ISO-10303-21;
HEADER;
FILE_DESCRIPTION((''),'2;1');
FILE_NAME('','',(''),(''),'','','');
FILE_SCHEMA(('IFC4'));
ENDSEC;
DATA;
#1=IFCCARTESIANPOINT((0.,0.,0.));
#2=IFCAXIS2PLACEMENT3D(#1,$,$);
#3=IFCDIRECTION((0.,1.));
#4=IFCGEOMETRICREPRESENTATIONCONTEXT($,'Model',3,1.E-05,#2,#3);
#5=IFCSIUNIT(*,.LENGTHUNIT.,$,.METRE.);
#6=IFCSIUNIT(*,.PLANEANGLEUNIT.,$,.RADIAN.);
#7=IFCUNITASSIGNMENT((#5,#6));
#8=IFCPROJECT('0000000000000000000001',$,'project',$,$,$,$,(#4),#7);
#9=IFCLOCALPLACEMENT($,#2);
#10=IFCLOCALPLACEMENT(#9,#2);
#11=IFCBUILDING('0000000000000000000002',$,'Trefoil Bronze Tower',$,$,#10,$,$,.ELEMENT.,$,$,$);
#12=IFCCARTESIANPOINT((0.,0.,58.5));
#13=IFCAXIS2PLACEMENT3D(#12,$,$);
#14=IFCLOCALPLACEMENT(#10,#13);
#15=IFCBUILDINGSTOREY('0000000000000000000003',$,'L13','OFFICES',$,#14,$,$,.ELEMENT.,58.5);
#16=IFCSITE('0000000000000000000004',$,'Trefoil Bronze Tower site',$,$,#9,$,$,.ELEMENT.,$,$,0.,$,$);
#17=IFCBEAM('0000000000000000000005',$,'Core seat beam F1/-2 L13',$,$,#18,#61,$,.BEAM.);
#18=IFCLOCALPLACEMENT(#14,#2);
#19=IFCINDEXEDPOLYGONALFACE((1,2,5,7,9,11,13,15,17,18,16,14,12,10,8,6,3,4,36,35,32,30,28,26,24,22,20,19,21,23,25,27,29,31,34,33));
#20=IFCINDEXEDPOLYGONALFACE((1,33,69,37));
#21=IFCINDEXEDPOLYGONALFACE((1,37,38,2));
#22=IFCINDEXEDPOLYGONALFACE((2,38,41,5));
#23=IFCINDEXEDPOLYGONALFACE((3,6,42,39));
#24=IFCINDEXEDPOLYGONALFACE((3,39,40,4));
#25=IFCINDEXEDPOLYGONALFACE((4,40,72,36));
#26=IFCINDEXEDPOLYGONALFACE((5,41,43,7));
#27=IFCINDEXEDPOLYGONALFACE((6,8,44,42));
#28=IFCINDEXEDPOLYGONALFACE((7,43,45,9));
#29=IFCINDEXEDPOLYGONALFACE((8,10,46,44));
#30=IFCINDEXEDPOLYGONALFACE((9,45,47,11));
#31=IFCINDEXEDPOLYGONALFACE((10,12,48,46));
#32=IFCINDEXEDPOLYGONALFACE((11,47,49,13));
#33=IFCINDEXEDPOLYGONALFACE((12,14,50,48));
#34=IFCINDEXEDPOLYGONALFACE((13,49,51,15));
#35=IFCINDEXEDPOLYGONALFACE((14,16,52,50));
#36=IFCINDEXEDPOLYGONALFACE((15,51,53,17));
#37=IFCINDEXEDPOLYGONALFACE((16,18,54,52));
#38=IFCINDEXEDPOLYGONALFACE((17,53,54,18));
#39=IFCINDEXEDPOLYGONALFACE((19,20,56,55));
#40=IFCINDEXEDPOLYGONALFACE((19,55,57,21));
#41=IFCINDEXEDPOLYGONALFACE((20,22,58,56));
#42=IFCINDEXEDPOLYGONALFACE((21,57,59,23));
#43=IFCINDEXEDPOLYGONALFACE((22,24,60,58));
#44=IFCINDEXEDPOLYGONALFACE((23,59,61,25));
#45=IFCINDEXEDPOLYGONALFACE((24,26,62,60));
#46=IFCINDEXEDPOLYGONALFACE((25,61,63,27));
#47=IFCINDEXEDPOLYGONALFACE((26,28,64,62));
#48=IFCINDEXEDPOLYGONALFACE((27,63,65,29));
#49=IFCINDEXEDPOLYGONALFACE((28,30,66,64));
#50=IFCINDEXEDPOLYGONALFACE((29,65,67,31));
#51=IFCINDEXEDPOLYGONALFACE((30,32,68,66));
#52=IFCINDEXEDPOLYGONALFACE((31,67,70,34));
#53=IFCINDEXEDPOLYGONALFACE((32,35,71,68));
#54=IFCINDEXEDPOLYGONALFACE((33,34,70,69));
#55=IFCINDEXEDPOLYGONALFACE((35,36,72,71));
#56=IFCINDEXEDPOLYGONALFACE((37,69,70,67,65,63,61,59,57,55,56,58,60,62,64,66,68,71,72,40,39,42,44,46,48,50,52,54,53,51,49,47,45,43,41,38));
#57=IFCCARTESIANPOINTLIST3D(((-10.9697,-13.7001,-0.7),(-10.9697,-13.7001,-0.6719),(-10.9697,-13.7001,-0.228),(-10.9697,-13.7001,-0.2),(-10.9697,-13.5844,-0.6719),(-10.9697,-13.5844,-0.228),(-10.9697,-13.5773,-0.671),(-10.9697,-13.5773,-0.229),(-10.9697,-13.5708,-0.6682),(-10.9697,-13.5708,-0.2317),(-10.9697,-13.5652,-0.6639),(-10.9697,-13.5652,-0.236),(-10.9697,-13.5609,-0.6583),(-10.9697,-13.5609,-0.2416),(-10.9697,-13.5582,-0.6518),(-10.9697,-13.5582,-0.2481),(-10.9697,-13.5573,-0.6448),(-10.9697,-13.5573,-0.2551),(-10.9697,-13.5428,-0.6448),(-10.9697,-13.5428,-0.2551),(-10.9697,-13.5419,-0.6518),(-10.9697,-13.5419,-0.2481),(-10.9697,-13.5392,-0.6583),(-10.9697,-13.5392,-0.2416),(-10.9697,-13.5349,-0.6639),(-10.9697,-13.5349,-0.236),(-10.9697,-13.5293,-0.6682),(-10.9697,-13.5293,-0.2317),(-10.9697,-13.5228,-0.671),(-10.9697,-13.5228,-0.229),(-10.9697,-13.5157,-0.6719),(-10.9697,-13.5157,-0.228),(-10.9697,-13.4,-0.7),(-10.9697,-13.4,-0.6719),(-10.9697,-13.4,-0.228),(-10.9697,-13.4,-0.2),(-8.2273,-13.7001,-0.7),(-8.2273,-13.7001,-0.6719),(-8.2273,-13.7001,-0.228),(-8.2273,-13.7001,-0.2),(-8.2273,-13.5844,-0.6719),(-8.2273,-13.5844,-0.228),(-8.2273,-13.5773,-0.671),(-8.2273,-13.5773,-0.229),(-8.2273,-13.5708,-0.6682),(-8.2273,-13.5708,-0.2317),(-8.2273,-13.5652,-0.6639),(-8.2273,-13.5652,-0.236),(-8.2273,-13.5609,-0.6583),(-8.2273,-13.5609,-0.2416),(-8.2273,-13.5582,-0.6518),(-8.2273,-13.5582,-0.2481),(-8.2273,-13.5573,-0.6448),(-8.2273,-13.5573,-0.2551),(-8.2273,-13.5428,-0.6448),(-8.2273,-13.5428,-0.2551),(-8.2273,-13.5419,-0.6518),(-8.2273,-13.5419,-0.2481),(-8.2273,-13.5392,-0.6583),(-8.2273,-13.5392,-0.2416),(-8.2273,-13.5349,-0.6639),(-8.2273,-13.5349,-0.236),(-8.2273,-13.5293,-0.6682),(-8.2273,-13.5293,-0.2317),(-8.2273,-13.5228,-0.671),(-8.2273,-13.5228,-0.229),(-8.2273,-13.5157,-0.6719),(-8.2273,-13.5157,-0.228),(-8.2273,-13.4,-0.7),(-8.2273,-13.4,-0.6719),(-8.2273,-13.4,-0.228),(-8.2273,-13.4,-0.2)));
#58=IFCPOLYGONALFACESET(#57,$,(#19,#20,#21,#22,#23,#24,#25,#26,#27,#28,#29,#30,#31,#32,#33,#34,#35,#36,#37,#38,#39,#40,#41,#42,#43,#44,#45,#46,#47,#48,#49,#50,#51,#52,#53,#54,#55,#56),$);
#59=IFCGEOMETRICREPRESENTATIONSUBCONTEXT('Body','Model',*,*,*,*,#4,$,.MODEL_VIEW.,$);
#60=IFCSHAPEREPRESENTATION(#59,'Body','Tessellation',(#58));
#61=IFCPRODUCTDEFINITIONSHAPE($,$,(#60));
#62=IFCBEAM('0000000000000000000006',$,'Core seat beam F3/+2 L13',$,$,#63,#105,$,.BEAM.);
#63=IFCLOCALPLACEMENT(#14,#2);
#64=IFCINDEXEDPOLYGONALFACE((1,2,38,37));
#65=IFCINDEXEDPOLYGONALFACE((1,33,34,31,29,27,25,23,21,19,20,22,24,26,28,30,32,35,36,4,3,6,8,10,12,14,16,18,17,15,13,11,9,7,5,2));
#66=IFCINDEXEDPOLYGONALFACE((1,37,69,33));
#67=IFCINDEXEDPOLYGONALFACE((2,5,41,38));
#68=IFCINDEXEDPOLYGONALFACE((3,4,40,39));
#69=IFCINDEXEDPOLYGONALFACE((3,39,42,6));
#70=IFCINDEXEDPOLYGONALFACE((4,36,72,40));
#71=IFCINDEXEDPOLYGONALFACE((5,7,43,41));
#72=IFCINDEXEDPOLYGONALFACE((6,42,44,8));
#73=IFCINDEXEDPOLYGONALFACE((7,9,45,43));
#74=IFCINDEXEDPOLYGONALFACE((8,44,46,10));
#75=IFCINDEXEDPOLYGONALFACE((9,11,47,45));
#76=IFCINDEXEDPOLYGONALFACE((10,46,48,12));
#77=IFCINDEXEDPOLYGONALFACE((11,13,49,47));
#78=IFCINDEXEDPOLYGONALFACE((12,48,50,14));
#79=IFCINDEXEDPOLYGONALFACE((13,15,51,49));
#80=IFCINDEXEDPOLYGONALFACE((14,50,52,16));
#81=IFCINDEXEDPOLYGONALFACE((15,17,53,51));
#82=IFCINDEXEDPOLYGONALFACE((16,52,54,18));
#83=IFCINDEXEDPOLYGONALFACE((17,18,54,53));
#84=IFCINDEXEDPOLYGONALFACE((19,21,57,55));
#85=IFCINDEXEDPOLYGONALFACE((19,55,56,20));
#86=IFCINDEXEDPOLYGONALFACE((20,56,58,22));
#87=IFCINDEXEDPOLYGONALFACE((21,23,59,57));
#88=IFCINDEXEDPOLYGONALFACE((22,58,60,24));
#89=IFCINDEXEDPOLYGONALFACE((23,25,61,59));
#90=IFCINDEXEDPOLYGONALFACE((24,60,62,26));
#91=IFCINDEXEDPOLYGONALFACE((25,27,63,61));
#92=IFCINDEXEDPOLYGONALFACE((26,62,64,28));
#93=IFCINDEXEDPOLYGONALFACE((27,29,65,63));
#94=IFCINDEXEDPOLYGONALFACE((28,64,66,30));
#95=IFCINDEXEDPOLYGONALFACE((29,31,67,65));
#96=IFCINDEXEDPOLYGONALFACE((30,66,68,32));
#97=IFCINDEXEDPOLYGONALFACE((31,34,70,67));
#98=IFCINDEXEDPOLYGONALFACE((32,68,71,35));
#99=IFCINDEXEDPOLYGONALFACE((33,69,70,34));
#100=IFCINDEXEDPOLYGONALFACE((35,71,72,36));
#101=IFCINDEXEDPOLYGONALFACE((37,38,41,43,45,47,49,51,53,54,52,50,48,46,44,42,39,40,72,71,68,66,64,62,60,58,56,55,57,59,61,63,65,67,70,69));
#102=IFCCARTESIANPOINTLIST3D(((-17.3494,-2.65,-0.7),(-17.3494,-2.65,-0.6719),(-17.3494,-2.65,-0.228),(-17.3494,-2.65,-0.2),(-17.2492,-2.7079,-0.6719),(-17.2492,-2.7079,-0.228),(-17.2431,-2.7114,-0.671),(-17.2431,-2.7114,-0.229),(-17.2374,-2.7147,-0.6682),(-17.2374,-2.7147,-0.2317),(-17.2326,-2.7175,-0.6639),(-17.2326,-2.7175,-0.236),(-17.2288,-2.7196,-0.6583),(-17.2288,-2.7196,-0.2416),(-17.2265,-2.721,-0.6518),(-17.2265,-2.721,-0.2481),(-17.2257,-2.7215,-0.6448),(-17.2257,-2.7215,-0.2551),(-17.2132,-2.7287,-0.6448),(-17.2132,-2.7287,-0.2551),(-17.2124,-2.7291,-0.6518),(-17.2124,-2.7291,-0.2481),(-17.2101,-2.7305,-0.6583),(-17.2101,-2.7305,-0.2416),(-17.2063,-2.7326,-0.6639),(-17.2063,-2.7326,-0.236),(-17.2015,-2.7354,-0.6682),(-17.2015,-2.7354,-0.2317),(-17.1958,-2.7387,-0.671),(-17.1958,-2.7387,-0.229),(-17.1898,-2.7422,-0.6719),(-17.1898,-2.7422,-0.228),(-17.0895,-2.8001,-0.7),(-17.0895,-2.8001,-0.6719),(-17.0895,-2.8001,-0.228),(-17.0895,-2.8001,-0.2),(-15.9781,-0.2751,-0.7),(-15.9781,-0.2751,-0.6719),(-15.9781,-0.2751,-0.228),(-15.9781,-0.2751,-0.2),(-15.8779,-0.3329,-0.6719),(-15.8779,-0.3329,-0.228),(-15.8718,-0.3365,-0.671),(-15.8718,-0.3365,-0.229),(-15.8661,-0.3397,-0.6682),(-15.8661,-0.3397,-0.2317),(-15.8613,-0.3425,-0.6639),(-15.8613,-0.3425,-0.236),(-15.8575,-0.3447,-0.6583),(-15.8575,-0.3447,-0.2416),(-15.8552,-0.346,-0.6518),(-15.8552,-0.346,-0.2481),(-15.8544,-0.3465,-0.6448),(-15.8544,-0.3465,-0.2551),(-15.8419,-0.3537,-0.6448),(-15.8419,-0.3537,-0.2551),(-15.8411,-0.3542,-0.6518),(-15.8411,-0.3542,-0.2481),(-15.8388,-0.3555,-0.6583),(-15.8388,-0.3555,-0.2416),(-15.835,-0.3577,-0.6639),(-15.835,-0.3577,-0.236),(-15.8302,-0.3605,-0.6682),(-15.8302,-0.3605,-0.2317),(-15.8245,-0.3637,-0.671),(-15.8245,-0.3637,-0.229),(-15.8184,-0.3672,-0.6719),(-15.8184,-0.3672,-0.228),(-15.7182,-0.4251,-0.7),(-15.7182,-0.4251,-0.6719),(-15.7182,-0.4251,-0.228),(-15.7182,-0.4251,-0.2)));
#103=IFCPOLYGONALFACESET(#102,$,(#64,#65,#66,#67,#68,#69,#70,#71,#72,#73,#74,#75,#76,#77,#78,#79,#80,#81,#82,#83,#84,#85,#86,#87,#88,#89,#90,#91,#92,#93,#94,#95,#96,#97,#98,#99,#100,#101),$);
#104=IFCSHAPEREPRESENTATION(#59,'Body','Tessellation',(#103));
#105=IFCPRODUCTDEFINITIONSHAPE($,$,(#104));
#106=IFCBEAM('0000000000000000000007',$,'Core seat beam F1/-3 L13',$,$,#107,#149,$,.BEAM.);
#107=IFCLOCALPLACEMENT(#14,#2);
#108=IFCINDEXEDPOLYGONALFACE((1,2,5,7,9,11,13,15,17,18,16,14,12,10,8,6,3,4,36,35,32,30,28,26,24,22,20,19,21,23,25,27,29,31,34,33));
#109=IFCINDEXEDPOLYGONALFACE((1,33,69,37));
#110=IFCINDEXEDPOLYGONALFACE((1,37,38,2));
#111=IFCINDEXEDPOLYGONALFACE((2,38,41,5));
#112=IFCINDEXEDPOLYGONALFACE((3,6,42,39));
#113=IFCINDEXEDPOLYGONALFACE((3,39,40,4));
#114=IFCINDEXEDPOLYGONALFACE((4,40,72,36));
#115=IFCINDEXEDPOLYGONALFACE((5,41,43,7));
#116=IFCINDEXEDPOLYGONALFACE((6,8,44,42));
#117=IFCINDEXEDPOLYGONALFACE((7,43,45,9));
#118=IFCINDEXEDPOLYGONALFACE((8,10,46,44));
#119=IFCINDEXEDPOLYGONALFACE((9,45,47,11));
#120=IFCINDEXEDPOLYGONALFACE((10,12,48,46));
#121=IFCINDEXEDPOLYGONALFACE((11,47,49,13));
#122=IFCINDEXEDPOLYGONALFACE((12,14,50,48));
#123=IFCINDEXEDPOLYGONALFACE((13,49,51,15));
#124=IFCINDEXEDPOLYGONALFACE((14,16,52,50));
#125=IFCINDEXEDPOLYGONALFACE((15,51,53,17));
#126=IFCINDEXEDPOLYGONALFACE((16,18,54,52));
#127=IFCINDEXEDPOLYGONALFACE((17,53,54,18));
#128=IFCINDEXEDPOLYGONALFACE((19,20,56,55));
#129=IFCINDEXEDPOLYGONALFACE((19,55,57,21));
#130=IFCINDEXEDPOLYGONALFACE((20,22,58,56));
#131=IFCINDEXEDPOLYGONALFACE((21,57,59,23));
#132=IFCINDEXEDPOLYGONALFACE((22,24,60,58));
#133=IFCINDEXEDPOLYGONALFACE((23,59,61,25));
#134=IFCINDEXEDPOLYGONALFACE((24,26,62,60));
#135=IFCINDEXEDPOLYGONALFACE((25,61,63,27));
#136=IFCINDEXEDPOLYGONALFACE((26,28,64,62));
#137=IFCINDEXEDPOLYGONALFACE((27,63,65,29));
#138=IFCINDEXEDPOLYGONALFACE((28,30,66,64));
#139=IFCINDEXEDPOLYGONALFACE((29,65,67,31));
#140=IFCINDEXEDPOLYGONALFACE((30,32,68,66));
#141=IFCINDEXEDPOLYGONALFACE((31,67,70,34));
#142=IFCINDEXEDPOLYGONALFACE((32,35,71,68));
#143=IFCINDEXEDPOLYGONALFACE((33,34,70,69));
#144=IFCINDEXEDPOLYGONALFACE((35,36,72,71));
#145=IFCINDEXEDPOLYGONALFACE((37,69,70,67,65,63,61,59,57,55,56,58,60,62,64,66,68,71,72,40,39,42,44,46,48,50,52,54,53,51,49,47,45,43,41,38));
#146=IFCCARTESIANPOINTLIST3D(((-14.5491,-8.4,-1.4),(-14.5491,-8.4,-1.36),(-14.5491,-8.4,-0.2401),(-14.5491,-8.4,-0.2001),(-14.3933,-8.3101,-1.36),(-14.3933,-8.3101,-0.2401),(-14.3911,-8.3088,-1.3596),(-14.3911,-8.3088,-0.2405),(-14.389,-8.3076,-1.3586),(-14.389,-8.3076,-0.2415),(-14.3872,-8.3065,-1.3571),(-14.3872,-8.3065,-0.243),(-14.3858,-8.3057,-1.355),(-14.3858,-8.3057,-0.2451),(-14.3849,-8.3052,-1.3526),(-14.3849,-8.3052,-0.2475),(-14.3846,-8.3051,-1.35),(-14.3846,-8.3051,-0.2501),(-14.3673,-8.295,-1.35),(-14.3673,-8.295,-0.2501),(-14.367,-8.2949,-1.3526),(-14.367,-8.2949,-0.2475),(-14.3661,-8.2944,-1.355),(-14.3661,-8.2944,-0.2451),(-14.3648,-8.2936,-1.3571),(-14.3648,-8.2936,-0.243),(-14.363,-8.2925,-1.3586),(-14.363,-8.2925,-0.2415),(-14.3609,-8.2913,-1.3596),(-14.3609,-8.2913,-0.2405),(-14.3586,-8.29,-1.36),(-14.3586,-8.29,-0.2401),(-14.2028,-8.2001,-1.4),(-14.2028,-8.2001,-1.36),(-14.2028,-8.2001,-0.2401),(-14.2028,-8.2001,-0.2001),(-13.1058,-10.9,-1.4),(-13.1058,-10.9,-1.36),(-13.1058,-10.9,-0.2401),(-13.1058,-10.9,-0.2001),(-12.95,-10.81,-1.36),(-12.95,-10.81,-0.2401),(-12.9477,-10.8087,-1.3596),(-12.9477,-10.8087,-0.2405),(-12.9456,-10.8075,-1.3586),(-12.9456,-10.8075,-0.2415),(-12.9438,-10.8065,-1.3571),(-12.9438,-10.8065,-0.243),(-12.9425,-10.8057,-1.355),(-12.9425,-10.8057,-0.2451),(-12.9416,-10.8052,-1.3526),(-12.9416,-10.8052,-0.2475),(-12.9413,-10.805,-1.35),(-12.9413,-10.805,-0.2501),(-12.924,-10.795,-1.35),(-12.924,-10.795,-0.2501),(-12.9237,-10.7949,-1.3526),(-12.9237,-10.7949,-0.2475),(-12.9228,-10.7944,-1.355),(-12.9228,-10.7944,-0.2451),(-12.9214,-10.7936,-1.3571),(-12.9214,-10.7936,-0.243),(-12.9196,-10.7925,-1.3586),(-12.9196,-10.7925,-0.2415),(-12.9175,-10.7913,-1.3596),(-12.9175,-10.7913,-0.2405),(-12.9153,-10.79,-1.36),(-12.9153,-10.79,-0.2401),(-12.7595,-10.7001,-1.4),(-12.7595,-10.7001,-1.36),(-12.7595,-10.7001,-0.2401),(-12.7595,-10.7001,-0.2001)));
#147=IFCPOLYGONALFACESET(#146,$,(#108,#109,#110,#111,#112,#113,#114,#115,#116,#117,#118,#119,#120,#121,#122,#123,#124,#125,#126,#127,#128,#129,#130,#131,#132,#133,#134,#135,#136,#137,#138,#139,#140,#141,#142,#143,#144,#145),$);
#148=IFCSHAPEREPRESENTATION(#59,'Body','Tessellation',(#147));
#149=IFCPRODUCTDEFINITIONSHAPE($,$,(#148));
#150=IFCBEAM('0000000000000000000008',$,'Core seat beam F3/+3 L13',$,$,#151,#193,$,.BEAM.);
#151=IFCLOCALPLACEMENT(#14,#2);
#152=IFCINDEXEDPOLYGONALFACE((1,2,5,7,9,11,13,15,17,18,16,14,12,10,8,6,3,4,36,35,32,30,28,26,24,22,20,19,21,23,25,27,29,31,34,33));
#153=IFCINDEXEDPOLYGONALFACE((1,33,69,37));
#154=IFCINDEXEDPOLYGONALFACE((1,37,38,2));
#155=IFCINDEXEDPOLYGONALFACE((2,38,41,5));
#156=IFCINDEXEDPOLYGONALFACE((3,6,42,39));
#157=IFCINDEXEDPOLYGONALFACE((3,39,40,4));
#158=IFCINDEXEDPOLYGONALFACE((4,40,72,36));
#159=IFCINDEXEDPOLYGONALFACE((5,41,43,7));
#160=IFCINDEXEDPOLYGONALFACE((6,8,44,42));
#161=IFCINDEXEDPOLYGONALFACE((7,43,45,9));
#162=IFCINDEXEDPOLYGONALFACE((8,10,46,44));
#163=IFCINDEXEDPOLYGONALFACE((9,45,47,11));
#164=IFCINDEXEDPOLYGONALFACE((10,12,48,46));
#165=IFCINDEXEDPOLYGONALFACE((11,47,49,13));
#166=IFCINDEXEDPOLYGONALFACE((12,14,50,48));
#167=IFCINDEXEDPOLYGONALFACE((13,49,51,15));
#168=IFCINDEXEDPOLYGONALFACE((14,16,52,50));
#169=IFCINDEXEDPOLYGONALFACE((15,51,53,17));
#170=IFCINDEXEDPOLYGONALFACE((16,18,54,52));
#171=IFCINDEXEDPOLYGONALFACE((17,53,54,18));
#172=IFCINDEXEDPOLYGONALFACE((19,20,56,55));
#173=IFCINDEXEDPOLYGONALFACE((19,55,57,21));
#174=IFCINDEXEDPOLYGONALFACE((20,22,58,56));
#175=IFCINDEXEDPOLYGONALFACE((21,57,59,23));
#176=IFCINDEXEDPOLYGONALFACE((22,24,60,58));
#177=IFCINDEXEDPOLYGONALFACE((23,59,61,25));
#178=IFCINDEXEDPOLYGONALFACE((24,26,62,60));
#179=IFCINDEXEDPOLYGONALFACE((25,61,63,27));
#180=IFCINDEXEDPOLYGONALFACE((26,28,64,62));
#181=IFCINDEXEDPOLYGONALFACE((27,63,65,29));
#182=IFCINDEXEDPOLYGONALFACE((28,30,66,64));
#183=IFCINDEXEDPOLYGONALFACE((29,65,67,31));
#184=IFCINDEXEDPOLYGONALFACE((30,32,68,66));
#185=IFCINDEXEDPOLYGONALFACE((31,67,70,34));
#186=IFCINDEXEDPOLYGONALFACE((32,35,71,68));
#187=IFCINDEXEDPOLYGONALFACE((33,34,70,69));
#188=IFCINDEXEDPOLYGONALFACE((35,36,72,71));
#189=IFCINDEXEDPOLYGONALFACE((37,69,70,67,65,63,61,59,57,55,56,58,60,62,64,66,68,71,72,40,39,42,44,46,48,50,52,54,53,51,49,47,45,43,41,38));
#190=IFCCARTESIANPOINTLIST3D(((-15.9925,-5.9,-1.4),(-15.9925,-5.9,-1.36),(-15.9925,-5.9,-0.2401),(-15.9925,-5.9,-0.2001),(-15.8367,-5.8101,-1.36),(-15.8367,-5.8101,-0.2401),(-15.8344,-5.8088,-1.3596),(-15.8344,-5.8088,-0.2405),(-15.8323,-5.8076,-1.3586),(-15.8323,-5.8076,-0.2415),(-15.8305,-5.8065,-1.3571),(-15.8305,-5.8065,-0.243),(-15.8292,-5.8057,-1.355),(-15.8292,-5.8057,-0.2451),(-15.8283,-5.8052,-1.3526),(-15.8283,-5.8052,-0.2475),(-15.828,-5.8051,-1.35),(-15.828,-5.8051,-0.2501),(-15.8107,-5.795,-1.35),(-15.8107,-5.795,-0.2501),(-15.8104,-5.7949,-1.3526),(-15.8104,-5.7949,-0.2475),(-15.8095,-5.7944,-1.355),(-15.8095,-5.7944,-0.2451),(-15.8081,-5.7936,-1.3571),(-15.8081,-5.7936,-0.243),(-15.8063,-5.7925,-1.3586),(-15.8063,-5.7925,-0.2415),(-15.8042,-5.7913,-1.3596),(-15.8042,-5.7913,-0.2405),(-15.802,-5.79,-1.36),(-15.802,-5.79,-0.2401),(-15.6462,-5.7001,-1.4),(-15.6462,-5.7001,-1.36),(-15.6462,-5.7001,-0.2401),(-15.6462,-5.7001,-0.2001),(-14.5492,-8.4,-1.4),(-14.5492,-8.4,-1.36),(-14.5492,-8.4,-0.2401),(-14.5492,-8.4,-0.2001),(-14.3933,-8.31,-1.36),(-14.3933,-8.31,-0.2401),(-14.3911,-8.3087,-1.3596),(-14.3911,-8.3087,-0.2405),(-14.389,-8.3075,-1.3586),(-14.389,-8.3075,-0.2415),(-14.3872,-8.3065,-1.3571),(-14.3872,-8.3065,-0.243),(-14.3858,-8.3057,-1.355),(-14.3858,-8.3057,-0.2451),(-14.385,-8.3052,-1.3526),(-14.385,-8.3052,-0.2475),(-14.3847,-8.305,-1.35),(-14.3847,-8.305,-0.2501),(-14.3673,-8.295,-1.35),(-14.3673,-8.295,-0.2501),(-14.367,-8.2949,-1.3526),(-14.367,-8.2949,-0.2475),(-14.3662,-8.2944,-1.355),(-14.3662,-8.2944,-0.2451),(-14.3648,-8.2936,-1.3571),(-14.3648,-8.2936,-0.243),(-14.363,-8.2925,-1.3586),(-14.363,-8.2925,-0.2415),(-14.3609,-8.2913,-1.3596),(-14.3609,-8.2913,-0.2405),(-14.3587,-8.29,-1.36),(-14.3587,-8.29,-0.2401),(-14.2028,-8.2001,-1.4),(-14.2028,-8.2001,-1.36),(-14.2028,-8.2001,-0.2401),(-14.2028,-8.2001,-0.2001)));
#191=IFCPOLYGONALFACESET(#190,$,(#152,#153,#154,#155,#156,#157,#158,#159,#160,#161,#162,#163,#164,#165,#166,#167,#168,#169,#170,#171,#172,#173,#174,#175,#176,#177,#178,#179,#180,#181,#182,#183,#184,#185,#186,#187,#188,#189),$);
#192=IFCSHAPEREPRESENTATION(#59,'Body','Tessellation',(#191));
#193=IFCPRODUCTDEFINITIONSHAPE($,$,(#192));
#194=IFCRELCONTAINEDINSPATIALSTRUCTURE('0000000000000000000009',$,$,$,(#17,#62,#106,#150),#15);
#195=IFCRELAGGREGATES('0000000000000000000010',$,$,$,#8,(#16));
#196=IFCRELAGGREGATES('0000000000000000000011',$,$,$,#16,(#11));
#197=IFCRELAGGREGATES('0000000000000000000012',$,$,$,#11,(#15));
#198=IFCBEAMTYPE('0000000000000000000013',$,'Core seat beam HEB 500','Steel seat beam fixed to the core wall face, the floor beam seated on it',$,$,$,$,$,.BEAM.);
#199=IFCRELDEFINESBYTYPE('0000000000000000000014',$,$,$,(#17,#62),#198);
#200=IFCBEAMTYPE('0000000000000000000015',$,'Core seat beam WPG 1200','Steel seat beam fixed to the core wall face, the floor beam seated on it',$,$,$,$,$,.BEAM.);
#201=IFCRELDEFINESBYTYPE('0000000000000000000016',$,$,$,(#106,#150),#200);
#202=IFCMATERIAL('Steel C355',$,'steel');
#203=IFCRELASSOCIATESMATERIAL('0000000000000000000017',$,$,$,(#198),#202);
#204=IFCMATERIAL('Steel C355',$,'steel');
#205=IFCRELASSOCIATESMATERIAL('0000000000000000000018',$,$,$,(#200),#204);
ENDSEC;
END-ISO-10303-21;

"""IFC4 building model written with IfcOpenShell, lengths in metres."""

from ifc_helpers import new_model, si_unit, direction, frame, origin, origin_2d, place, context, subcontext, project, spatial, i_section, extrude, material, material_profile, profile_set, type_object, element, save


model = new_model("IFC4")

# Units and contexts
model_context = context("Model", 3, precision=1e-05, world=origin(), true_north=direction((0.0, 1.0)))
body_context = subcontext(model_context, "Body", "Model", "MODEL_VIEW")
ifc_project = project(units=[si_unit("LENGTHUNIT", "METRE"), si_unit("PLANEANGLEUNIT", "RADIAN")], contexts=[model_context])

# Site, building, storey
site_placement = place(None, origin())
site = spatial("IfcSite", under=ifc_project, at=site_placement, Name="Trefoil Bronze Tower site", CompositionType="ELEMENT", RefElevation=0.0)
building_placement = place(site_placement, origin())
building = spatial("IfcBuilding", under=site, at=building_placement, Name="Trefoil Bronze Tower", CompositionType="ELEMENT")
storey_placement = place(building_placement, frame((0.0, 0.0, 58.5)))
storey = spatial("IfcBuildingStorey", under=building, at=storey_placement, Name="L13", Description="OFFICES", CompositionType="ELEMENT", Elevation=58.5)

# Beams
ifc_material_1 = material(Name="Steel C355", Category="steel")
ifc_material_profile_1 = material_profile(ifc_material_1, i_section(OverallWidth=0.3, OverallDepth=0.5, WebThickness=0.0144, FlangeThickness=0.0281, FilletRadius=0.0271, at=origin_2d()), Name="HEB 500")
ifc_profile_set_1 = profile_set([ifc_material_profile_1], Name="Steel C355")
beam_type_1 = type_object("IfcBeamType", Name="Core seat beam HEB 500", Description="Steel seat beam fixed to the core wall face, the floor beam seated on it", PredefinedType="BEAM", material=ifc_profile_set_1)
for number, where, z_axis, x_axis, name in (
    (1, (-10.9697, -13.55, -0.45), (1.0, 0.0, 0.0), (0.0, 1.0, 0.0), "Core seat beam F1/-2 L13"),
    (2, (-15.8481, -0.3501, -0.45), (-0.500036, -0.866005, 0.0), (0.866005, -0.500036, 0.0), "Core seat beam F3/+2 L13"),
):
    element("IfcBeam", number, at=place(storey_placement, frame(where, z_axis=z_axis, x_axis=x_axis)), inside=storey, type_object=beam_type_1, Name=name, PredefinedType="BEAM", context=body_context, shape_type="SweptSolid", body=[
        extrude(i_section(OverallWidth=0.3, OverallDepth=0.5, WebThickness=0.0144, FlangeThickness=0.0281, FilletRadius=0.0271, at=origin_2d()), origin(), (0.0, 0.0, 1.0), 2.7424),
    ])
ifc_material_2 = material(Name="Steel C355", Category="steel")
ifc_material_profile_2 = material_profile(ifc_material_2, i_section(OverallWidth=0.3999, OverallDepth=1.2, WebThickness=0.02, FlangeThickness=0.04, FilletRadius=0.01, at=origin_2d()), Name="WPG 1200")
ifc_profile_set_2 = profile_set([ifc_material_profile_2], Name="Steel C355")
beam_type_2 = type_object("IfcBeamType", Name="Core seat beam WPG 1200", Description="Steel seat beam fixed to the core wall face, the floor beam seated on it", PredefinedType="BEAM", material=ifc_profile_set_2)
for number, where, z_axis, x_axis, name in (
    (3, (-14.376, -8.3, -0.8), (0.499996, -0.866028, 0.0), (0.866028, 0.499996, 0.0), "Core seat beam F1/-3 L13"),
    (4, (-15.8193, -5.8, -0.8), (0.499996, -0.866028, 0.0), (0.866028, 0.499996, 0.0), "Core seat beam F3/+3 L13"),
):
    element("IfcBeam", number, at=place(storey_placement, frame(where, z_axis=z_axis, x_axis=x_axis)), inside=storey, type_object=beam_type_2, Name=name, PredefinedType="BEAM", context=body_context, shape_type="SweptSolid", body=[
        extrude(i_section(OverallWidth=0.3999, OverallDepth=1.2, WebThickness=0.02, FlangeThickness=0.04, FilletRadius=0.01, at=origin_2d()), origin(), (0.0, 0.0, 1.0), 2.8867),
    ])

save(model, "model.ifc")
